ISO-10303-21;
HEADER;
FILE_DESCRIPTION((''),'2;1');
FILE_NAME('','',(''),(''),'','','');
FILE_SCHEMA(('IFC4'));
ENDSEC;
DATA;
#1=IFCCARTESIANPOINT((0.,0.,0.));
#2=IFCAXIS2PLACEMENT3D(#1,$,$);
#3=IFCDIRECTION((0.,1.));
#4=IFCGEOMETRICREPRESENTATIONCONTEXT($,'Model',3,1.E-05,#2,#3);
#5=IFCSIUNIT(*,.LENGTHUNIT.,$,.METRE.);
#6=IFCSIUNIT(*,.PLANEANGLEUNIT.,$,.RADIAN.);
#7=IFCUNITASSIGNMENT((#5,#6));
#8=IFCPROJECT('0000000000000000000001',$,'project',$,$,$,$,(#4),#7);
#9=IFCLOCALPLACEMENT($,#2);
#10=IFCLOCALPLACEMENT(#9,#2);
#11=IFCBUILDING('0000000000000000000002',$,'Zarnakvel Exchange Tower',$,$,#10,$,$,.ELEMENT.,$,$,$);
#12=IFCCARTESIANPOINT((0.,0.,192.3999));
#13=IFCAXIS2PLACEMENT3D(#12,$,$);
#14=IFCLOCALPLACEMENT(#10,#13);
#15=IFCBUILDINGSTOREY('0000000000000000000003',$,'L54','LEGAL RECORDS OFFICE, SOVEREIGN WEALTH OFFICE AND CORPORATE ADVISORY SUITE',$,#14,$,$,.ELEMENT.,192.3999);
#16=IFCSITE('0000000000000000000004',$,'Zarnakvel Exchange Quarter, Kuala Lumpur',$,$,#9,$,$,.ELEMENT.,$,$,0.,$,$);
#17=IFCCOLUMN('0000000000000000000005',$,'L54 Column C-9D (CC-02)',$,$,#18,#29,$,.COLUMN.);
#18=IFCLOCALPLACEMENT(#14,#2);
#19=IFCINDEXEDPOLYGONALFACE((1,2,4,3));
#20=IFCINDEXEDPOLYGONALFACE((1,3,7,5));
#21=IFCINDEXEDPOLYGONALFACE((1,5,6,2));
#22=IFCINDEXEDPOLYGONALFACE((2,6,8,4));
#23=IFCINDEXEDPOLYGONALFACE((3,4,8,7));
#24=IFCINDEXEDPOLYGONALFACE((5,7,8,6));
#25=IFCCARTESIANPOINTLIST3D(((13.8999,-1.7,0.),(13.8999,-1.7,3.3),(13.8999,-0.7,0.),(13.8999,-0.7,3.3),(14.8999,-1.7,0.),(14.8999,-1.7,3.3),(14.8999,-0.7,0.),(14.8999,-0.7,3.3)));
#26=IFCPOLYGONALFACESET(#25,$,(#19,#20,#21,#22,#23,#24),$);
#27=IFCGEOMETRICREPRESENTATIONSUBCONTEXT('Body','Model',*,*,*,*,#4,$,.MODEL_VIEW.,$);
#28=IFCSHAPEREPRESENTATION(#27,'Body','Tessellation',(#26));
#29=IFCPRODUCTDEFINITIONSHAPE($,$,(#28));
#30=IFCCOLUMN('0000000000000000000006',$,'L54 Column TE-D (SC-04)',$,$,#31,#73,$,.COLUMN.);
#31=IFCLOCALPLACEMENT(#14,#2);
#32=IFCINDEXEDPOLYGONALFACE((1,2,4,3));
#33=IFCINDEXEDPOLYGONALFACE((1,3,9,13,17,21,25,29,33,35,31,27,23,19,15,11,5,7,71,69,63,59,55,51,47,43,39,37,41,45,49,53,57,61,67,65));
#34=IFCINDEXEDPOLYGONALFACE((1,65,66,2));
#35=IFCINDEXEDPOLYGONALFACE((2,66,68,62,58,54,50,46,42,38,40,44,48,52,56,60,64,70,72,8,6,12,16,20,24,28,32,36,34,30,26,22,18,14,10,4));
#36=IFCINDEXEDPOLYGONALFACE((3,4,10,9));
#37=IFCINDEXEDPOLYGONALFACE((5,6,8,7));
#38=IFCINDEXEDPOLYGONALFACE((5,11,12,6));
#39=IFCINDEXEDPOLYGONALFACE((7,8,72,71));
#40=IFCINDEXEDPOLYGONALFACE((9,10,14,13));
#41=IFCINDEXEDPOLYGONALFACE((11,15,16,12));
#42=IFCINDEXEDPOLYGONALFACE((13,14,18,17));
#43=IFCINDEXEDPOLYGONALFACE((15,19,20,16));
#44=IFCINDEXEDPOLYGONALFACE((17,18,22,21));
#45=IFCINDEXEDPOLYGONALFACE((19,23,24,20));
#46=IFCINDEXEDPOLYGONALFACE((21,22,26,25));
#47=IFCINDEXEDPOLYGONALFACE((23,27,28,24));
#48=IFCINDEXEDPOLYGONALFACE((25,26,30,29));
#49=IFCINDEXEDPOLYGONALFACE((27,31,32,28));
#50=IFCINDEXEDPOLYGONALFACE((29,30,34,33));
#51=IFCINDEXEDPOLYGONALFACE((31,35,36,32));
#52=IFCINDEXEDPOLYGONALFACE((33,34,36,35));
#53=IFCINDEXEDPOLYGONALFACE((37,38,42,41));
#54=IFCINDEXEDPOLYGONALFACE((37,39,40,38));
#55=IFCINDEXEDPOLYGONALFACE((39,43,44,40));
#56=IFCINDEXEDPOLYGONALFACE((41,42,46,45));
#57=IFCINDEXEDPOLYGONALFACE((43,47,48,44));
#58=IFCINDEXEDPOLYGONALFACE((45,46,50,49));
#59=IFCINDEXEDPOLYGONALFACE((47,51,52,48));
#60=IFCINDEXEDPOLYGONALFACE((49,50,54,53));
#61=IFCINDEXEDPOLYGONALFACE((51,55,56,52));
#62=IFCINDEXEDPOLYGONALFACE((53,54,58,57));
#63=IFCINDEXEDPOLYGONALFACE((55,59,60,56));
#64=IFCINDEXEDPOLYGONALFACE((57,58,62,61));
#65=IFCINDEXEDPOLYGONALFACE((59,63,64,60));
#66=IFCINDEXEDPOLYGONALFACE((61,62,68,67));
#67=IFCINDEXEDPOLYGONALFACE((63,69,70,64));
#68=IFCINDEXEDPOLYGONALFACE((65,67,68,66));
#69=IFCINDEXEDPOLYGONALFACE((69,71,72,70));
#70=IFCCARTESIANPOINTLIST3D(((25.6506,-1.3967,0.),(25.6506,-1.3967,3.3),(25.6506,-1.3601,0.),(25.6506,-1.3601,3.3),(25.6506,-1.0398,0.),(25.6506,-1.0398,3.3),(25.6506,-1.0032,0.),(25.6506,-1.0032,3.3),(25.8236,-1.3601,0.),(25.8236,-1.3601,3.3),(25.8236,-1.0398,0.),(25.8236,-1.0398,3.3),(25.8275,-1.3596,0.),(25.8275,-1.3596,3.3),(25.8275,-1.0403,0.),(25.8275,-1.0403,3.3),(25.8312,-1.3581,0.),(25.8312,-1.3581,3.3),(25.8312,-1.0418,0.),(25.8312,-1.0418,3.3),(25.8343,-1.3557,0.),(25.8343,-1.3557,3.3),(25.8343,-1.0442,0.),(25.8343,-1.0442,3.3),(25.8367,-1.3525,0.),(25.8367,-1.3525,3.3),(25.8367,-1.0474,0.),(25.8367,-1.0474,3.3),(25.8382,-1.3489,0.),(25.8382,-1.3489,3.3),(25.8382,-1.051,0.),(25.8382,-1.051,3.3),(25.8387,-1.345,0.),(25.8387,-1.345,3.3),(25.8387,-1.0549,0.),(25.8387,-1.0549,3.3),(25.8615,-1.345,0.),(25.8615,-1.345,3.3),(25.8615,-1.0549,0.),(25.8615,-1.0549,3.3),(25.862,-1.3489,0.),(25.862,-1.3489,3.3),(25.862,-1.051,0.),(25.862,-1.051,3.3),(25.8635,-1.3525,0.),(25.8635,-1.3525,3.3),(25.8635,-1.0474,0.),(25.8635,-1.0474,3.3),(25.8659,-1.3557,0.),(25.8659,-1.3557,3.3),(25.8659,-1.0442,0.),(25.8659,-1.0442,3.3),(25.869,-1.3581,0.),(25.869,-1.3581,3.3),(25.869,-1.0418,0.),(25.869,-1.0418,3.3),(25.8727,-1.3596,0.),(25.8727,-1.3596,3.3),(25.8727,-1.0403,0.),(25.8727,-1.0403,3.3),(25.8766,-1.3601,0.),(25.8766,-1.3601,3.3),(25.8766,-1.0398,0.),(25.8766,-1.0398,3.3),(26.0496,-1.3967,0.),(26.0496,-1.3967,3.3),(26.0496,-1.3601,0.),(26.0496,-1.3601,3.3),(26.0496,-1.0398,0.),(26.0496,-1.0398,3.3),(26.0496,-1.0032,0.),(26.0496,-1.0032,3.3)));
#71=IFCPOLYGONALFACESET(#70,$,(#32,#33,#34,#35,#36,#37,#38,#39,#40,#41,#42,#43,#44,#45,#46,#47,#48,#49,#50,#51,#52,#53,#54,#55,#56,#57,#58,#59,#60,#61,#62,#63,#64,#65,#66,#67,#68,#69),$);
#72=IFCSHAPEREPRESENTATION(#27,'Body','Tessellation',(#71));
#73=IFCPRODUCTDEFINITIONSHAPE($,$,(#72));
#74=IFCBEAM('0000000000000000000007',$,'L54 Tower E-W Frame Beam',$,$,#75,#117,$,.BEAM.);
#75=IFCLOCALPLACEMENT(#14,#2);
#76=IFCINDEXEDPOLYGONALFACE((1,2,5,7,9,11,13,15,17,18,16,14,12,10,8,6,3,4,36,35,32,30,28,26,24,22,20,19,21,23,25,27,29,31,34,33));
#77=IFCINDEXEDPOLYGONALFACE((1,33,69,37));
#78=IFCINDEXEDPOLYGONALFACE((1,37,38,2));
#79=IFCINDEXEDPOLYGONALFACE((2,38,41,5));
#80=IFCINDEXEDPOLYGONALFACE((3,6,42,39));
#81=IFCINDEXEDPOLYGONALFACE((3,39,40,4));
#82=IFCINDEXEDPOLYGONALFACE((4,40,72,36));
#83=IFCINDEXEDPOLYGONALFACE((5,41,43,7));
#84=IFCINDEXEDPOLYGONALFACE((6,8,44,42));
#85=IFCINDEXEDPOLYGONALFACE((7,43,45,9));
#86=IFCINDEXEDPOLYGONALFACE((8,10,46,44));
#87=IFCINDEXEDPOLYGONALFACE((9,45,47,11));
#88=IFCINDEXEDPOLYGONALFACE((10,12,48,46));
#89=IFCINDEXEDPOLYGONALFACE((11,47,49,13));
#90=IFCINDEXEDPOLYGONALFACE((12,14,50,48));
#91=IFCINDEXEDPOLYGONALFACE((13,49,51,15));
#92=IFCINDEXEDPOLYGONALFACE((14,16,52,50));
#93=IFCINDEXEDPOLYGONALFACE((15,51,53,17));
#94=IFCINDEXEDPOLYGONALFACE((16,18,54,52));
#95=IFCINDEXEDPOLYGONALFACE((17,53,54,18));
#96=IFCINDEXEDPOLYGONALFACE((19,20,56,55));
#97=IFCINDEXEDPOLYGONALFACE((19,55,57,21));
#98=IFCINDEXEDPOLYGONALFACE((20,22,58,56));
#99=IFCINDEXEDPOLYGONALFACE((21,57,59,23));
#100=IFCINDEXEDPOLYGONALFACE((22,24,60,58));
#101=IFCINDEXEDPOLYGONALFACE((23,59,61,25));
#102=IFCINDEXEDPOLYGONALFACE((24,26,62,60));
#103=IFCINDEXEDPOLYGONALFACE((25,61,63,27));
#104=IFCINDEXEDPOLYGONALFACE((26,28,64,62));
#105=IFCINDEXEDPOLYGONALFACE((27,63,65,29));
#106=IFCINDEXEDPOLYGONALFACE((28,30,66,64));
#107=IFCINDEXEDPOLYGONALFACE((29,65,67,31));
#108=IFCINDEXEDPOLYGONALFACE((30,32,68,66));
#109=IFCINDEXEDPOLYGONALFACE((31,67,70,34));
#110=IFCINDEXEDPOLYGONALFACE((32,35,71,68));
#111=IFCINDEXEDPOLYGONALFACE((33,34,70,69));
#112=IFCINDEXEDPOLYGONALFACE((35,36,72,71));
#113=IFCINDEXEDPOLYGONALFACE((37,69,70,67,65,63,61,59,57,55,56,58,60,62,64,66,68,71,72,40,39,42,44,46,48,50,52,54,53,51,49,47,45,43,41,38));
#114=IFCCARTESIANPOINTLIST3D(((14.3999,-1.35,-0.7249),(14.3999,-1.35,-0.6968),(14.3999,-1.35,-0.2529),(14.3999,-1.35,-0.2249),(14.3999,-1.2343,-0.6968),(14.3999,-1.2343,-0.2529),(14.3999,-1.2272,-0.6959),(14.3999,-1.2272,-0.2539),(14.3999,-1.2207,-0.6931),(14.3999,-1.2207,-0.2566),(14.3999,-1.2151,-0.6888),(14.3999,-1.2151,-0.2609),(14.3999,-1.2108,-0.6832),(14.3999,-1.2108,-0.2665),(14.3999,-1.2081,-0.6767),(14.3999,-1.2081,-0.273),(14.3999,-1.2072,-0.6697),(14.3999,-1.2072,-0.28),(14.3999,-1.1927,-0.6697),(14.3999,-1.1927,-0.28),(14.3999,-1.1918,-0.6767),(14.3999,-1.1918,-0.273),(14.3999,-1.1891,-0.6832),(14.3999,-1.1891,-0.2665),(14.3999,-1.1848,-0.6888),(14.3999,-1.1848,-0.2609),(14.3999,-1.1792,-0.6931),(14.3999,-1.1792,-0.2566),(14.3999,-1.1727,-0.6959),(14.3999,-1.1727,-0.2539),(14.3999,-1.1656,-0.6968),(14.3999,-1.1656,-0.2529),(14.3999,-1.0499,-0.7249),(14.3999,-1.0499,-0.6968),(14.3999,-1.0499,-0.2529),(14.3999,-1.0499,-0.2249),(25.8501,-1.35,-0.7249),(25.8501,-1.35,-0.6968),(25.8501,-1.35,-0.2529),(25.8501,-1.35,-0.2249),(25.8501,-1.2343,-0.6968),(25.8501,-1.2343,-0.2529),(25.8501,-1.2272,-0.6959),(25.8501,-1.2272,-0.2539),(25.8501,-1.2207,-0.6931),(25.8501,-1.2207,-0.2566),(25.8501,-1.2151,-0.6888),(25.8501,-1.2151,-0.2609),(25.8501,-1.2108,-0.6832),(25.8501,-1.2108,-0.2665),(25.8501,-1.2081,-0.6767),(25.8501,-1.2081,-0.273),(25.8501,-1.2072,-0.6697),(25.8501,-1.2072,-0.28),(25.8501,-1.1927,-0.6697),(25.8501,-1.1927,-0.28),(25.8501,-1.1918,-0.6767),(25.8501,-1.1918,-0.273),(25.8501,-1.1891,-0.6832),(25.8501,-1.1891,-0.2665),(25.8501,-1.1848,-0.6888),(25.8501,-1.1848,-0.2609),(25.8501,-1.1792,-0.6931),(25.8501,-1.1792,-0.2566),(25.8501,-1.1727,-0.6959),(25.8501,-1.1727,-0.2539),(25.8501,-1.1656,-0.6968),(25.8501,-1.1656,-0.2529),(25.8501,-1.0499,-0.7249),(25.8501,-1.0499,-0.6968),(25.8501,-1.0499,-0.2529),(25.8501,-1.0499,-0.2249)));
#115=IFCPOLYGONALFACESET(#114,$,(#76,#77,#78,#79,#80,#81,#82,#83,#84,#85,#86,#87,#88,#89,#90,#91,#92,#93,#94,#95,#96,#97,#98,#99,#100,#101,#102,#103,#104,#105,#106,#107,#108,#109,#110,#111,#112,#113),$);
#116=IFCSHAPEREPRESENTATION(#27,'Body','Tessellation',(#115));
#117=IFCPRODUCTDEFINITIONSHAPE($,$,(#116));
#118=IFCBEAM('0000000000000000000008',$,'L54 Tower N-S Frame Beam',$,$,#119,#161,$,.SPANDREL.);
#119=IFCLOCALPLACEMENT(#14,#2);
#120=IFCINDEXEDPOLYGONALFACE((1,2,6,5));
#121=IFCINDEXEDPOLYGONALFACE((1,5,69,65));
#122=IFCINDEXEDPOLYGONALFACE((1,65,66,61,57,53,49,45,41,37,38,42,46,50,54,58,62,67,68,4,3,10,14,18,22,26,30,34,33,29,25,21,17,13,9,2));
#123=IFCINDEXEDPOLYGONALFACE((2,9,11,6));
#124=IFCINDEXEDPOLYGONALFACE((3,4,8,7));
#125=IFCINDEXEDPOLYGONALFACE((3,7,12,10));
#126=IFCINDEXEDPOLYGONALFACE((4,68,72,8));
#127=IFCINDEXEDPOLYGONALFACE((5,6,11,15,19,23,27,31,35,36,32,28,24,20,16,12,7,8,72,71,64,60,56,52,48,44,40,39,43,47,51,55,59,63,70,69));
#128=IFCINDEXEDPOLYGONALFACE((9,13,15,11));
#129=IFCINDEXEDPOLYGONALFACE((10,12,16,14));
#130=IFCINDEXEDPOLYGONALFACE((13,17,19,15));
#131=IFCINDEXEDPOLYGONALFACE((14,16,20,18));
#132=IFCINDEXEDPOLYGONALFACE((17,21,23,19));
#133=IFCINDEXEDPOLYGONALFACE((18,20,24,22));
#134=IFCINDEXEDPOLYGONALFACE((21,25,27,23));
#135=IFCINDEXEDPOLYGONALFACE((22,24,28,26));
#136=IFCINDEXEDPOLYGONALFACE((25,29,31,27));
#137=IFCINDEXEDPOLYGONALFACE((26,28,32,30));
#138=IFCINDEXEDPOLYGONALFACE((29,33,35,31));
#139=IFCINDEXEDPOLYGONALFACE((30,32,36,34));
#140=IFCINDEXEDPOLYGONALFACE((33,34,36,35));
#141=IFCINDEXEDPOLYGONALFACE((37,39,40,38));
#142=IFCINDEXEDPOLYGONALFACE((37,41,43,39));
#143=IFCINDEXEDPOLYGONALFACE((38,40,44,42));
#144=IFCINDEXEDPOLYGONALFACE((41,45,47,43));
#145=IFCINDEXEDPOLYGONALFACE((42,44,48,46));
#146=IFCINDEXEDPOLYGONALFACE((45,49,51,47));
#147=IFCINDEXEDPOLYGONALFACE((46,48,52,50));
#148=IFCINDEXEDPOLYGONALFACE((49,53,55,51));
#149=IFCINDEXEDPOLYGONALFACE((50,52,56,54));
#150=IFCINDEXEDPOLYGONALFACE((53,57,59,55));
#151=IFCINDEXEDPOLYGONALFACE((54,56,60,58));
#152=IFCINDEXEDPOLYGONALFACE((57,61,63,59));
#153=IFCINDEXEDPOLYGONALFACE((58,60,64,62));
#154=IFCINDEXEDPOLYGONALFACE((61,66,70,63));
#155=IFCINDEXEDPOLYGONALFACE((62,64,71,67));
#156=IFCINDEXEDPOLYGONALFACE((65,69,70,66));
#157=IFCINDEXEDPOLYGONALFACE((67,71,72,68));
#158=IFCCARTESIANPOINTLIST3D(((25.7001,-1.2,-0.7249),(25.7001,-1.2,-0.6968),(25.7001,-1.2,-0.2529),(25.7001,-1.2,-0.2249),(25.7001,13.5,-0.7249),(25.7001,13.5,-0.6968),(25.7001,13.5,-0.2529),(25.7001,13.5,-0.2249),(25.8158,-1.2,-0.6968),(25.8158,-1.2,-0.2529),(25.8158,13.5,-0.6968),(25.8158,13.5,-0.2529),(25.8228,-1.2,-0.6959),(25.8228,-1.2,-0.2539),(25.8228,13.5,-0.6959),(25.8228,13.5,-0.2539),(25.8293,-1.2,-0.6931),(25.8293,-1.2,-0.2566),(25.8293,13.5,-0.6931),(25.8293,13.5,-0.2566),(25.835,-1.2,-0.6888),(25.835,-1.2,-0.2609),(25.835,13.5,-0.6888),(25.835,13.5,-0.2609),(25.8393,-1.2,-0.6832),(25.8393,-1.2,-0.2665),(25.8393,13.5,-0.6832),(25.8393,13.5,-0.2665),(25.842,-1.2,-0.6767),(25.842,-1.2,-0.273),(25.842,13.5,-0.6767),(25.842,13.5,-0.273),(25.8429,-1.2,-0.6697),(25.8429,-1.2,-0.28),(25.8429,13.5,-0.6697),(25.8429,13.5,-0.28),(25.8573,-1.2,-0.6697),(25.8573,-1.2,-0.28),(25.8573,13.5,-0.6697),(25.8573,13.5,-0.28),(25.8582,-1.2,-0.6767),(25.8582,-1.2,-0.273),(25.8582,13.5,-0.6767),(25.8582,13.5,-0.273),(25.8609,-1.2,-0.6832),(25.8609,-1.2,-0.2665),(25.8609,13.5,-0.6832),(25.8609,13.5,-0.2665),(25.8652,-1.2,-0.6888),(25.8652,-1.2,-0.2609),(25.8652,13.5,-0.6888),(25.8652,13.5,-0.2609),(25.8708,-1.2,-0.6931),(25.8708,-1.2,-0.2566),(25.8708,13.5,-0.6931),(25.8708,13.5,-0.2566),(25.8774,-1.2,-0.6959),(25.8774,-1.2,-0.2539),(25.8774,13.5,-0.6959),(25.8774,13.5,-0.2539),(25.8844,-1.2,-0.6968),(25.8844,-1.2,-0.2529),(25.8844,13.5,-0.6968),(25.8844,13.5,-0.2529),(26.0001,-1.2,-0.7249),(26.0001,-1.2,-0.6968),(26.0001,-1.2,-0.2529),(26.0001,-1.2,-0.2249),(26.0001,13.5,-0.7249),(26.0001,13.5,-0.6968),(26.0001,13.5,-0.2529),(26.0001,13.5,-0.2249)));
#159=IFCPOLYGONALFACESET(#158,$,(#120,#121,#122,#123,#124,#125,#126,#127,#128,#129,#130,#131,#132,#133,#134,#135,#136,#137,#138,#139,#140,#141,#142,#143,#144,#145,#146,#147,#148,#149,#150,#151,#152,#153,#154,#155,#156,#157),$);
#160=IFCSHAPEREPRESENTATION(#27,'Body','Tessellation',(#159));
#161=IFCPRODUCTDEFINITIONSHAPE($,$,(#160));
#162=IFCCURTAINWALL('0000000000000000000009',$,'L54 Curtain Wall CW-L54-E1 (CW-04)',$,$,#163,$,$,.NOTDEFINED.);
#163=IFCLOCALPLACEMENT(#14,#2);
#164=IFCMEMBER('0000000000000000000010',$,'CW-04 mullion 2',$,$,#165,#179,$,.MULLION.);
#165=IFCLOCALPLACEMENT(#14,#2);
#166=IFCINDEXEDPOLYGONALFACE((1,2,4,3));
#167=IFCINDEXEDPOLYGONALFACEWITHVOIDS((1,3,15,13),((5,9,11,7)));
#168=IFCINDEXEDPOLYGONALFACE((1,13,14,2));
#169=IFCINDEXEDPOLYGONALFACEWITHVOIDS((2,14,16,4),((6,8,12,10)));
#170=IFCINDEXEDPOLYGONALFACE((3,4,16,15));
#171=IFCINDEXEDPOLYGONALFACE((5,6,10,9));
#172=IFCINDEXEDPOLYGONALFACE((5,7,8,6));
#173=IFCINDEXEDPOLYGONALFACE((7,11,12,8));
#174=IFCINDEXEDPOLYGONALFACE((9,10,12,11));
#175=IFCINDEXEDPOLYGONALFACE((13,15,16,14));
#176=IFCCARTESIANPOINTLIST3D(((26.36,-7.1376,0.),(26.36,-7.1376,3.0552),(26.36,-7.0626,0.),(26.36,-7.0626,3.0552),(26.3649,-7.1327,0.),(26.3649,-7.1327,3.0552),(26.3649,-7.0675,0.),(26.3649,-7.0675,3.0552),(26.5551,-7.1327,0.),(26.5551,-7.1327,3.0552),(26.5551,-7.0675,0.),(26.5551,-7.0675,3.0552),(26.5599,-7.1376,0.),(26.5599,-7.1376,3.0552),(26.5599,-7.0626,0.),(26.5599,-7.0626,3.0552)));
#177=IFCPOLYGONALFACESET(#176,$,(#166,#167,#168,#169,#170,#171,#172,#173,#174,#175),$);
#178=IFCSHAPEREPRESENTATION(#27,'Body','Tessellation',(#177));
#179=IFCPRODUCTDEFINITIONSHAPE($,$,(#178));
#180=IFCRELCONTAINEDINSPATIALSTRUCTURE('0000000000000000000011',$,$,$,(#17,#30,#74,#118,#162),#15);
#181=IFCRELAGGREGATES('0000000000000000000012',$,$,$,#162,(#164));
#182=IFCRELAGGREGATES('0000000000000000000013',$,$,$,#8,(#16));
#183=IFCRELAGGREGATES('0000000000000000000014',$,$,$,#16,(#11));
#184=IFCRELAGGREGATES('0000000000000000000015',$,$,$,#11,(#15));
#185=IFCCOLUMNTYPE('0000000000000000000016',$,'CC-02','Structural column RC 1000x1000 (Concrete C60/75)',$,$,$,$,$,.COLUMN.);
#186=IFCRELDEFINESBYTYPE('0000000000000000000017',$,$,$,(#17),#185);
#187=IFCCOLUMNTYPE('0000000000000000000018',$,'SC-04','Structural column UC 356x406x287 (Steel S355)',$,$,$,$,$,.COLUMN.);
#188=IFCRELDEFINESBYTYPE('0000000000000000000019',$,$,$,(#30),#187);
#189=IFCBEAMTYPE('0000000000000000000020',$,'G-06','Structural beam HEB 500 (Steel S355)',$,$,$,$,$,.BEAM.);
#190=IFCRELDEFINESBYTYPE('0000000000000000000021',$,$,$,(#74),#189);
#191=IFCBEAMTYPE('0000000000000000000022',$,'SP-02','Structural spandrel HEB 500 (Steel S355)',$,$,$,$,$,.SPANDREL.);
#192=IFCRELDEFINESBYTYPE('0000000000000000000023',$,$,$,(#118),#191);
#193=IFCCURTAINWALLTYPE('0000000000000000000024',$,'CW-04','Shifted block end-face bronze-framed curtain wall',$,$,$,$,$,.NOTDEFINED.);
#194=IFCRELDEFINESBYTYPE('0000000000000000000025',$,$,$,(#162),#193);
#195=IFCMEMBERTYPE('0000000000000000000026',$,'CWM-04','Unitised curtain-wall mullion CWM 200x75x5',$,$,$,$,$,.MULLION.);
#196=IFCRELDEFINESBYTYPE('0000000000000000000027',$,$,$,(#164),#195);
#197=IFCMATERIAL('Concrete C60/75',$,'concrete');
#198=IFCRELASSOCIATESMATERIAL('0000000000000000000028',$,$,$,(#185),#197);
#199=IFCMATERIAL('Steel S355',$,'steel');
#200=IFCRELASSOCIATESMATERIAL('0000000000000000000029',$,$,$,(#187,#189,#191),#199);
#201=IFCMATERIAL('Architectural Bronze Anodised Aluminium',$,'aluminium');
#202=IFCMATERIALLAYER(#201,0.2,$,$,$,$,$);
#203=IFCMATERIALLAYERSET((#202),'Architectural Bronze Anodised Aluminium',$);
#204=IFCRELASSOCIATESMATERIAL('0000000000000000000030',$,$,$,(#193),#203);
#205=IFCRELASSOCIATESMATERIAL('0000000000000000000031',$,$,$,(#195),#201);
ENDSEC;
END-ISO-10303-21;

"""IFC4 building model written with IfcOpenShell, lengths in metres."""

from ifc_helpers import new_model, si_unit, direction, frame, origin, origin_2d, place, context, subcontext, project, spatial, rectangle, hollow_rectangle, i_section, extrude, source, transform, mapped, material, layer, layer_set, material_profile, profile_set, type_object, element, aggregate, save


model = new_model("IFC4")

# Units and contexts
model_context = context("Model", 3, precision=1e-05, world=origin(), true_north=direction((0.0, 1.0)))
body_context = subcontext(model_context, "Body", "Model", "MODEL_VIEW")
ifc_project = project(units=[si_unit("LENGTHUNIT", "METRE"), si_unit("PLANEANGLEUNIT", "RADIAN")], contexts=[model_context])

# Site, building, storey
site_placement = place(None, origin())
site = spatial("IfcSite", under=ifc_project, at=site_placement, Name="Zarnakvel Exchange Quarter, Kuala Lumpur", CompositionType="ELEMENT", RefElevation=0.0)
building_placement = place(site_placement, origin())
building = spatial("IfcBuilding", under=site, at=building_placement, Name="Zarnakvel Exchange Tower", CompositionType="ELEMENT")
storey_placement = place(building_placement, frame((0.0, 0.0, 192.3999)))
storey = spatial("IfcBuildingStorey", under=building, at=storey_placement, Name="L54", Description="LEGAL RECORDS OFFICE, SOVEREIGN WEALTH OFFICE AND CORPORATE ADVISORY SUITE", CompositionType="ELEMENT", Elevation=192.3999)

# Columns
ifc_material_1 = material(Name="Concrete C60/75", Category="concrete")
ifc_material_profile_1 = material_profile(ifc_material_1, rectangle(XDim=1.0, YDim=1.0, at=origin_2d()))
ifc_profile_set_1 = profile_set([ifc_material_profile_1], Name="Concrete C60/75")
column_type_1 = type_object("IfcColumnType", Name="CC-02", Description="Structural column RC 1000x1000 (Concrete C60/75)", PredefinedType="COLUMN", material=ifc_profile_set_1)
column_1_placement = place(storey_placement, frame((14.3999, -1.2, 0.0), z_axis=(0.0, 0.0, 1.0), x_axis=(1.0, 0.0, 0.0)))
element("IfcColumn", 1, at=column_1_placement, inside=storey, type_object=column_type_1, Name="L54 Column C-9D (CC-02)", PredefinedType="COLUMN", context=body_context, shape_type="SweptSolid", body=[
    extrude(rectangle(XDim=1.0, YDim=1.0, at=origin_2d()), origin(), (0.0, 0.0, 1.0), 3.3),
])
ifc_material_2 = material(Name="Steel S355", Category="steel")
ifc_material_profile_2 = material_profile(ifc_material_2, i_section(OverallWidth=0.3989, OverallDepth=0.3936, WebThickness=0.0227, FlangeThickness=0.0366, FilletRadius=0.0151, at=origin_2d()))
ifc_profile_set_2 = profile_set([ifc_material_profile_2], Name="Steel S355")
column_type_2 = type_object("IfcColumnType", Name="SC-04", Description="Structural column UC 356x406x287 (Steel S355)", PredefinedType="COLUMN", material=ifc_profile_set_2)
column_2_placement = place(storey_placement, frame((25.8501, -1.2, 0.0), z_axis=(0.0, 0.0, 1.0), x_axis=(1.0, 0.0, 0.0)))
element("IfcColumn", 2, at=column_2_placement, inside=storey, type_object=column_type_2, Name="L54 Column TE-D (SC-04)", PredefinedType="COLUMN", context=body_context, shape_type="SweptSolid", body=[
    extrude(i_section(OverallWidth=0.3989, OverallDepth=0.3936, WebThickness=0.0227, FlangeThickness=0.0366, FilletRadius=0.0151, at=origin_2d()), origin(), (0.0, 0.0, 1.0), 3.3),
])

# Beams
ifc_material_profile_3 = material_profile(ifc_material_2, i_section(OverallWidth=0.3, OverallDepth=0.5, WebThickness=0.0144, FlangeThickness=0.0281, FilletRadius=0.0271, at=origin_2d()))
ifc_profile_set_3 = profile_set([ifc_material_profile_3], Name="Steel S355")
beam_type_1 = type_object("IfcBeamType", Name="G-06", Description="Structural beam HEB 500 (Steel S355)", PredefinedType="BEAM", material=ifc_profile_set_3)
beam_1_placement = place(storey_placement, frame((14.3999, -1.2, -0.4749), z_axis=(1.0, 0.0, 0.0), x_axis=(0.0, 1.0, 0.0)))
element("IfcBeam", 3, at=beam_1_placement, inside=storey, type_object=beam_type_1, Name="L54 Tower E-W Frame Beam", PredefinedType="BEAM", context=body_context, shape_type="SweptSolid", body=[
    extrude(i_section(OverallWidth=0.3, OverallDepth=0.5, WebThickness=0.0144, FlangeThickness=0.0281, FilletRadius=0.0271, at=origin_2d()), origin(), (0.0, 0.0, 1.0), 11.4502),
])
ifc_material_profile_4 = material_profile(ifc_material_2, i_section(OverallWidth=0.3, OverallDepth=0.5, WebThickness=0.0144, FlangeThickness=0.0281, FilletRadius=0.0271, at=origin_2d()))
ifc_profile_set_4 = profile_set([ifc_material_profile_4], Name="Steel S355")
beam_type_2 = type_object("IfcBeamType", Name="SP-02", Description="Structural spandrel HEB 500 (Steel S355)", PredefinedType="SPANDREL", material=ifc_profile_set_4)
beam_2_placement = place(storey_placement, frame((25.8501, -1.2, -0.4749), z_axis=(0.0, 1.0, 0.0), x_axis=(-1.0, 0.0, 0.0)))
element("IfcBeam", 4, at=beam_2_placement, inside=storey, type_object=beam_type_2, Name="L54 Tower N-S Frame Beam", PredefinedType="SPANDREL", context=body_context, shape_type="SweptSolid", body=[
    extrude(i_section(OverallWidth=0.3, OverallDepth=0.5, WebThickness=0.0144, FlangeThickness=0.0281, FilletRadius=0.0271, at=origin_2d()), origin(), (0.0, 0.0, 1.0), 14.7),
])

# Curtain wall, member
ifc_material_3 = material(Name="Architectural Bronze Anodised Aluminium", Category="aluminium")
ifc_layer_1 = layer(ifc_material_3, 0.2)
ifc_layer_set_1 = layer_set([ifc_layer_1], Name="Architectural Bronze Anodised Aluminium")
curtain_wall_type = type_object("IfcCurtainWallType", Name="CW-04", Description="Shifted block end-face bronze-framed curtain wall", PredefinedType="NOTDEFINED", material=ifc_layer_set_1)
curtain_wall_placement = place(storey_placement, origin())
curtain_wall = element("IfcCurtainWall", 5, at=curtain_wall_placement, inside=storey, type_object=curtain_wall_type, Name="L54 Curtain Wall CW-L54-E1 (CW-04)", PredefinedType="NOTDEFINED")
ifc_material_profile_5 = material_profile(ifc_material_3, hollow_rectangle(XDim=0.2, YDim=0.075, WallThickness=0.0049, at=origin_2d()))
ifc_profile_set_5 = profile_set([ifc_material_profile_5], Name="Architectural Bronze Anodised Aluminium")
member_type_1 = type_object("IfcMemberType", Name="CWM-04", Description="Unitised curtain-wall mullion CWM 200x75x5", PredefinedType="MULLION", material=ifc_profile_set_5)
shared_shape_1 = source(origin(), body_context, "Body", "SweptSolid", [
    extrude(hollow_rectangle(XDim=0.2, YDim=0.075, WallThickness=0.0049, at=origin_2d()), origin(), (0.0, 0.0, 1.0), 3.0552),
])
member_1_placement = place(storey_placement, frame((26.46, -7.1001, 0.0), z_axis=(0.0, 0.0, 1.0), x_axis=(-1.0, 0.0, 0.0)))
member_1 = element("IfcMember", 6, at=member_1_placement, type_object=member_type_1, Name="CW-04 mullion 2", PredefinedType="MULLION", context=body_context, shape_type="MappedRepresentation", body=[
    mapped(shared_shape_1, transform((0.0, 0.0, 0.0), x_axis=(1.0, 0.0, 0.0), y_axis=(0.0, 1.0, 0.0), z_axis=(0.0, 0.0, 1.0), scale=1.0)),
])
aggregate(curtain_wall, [member_1])

save(model, "model.ifc")
